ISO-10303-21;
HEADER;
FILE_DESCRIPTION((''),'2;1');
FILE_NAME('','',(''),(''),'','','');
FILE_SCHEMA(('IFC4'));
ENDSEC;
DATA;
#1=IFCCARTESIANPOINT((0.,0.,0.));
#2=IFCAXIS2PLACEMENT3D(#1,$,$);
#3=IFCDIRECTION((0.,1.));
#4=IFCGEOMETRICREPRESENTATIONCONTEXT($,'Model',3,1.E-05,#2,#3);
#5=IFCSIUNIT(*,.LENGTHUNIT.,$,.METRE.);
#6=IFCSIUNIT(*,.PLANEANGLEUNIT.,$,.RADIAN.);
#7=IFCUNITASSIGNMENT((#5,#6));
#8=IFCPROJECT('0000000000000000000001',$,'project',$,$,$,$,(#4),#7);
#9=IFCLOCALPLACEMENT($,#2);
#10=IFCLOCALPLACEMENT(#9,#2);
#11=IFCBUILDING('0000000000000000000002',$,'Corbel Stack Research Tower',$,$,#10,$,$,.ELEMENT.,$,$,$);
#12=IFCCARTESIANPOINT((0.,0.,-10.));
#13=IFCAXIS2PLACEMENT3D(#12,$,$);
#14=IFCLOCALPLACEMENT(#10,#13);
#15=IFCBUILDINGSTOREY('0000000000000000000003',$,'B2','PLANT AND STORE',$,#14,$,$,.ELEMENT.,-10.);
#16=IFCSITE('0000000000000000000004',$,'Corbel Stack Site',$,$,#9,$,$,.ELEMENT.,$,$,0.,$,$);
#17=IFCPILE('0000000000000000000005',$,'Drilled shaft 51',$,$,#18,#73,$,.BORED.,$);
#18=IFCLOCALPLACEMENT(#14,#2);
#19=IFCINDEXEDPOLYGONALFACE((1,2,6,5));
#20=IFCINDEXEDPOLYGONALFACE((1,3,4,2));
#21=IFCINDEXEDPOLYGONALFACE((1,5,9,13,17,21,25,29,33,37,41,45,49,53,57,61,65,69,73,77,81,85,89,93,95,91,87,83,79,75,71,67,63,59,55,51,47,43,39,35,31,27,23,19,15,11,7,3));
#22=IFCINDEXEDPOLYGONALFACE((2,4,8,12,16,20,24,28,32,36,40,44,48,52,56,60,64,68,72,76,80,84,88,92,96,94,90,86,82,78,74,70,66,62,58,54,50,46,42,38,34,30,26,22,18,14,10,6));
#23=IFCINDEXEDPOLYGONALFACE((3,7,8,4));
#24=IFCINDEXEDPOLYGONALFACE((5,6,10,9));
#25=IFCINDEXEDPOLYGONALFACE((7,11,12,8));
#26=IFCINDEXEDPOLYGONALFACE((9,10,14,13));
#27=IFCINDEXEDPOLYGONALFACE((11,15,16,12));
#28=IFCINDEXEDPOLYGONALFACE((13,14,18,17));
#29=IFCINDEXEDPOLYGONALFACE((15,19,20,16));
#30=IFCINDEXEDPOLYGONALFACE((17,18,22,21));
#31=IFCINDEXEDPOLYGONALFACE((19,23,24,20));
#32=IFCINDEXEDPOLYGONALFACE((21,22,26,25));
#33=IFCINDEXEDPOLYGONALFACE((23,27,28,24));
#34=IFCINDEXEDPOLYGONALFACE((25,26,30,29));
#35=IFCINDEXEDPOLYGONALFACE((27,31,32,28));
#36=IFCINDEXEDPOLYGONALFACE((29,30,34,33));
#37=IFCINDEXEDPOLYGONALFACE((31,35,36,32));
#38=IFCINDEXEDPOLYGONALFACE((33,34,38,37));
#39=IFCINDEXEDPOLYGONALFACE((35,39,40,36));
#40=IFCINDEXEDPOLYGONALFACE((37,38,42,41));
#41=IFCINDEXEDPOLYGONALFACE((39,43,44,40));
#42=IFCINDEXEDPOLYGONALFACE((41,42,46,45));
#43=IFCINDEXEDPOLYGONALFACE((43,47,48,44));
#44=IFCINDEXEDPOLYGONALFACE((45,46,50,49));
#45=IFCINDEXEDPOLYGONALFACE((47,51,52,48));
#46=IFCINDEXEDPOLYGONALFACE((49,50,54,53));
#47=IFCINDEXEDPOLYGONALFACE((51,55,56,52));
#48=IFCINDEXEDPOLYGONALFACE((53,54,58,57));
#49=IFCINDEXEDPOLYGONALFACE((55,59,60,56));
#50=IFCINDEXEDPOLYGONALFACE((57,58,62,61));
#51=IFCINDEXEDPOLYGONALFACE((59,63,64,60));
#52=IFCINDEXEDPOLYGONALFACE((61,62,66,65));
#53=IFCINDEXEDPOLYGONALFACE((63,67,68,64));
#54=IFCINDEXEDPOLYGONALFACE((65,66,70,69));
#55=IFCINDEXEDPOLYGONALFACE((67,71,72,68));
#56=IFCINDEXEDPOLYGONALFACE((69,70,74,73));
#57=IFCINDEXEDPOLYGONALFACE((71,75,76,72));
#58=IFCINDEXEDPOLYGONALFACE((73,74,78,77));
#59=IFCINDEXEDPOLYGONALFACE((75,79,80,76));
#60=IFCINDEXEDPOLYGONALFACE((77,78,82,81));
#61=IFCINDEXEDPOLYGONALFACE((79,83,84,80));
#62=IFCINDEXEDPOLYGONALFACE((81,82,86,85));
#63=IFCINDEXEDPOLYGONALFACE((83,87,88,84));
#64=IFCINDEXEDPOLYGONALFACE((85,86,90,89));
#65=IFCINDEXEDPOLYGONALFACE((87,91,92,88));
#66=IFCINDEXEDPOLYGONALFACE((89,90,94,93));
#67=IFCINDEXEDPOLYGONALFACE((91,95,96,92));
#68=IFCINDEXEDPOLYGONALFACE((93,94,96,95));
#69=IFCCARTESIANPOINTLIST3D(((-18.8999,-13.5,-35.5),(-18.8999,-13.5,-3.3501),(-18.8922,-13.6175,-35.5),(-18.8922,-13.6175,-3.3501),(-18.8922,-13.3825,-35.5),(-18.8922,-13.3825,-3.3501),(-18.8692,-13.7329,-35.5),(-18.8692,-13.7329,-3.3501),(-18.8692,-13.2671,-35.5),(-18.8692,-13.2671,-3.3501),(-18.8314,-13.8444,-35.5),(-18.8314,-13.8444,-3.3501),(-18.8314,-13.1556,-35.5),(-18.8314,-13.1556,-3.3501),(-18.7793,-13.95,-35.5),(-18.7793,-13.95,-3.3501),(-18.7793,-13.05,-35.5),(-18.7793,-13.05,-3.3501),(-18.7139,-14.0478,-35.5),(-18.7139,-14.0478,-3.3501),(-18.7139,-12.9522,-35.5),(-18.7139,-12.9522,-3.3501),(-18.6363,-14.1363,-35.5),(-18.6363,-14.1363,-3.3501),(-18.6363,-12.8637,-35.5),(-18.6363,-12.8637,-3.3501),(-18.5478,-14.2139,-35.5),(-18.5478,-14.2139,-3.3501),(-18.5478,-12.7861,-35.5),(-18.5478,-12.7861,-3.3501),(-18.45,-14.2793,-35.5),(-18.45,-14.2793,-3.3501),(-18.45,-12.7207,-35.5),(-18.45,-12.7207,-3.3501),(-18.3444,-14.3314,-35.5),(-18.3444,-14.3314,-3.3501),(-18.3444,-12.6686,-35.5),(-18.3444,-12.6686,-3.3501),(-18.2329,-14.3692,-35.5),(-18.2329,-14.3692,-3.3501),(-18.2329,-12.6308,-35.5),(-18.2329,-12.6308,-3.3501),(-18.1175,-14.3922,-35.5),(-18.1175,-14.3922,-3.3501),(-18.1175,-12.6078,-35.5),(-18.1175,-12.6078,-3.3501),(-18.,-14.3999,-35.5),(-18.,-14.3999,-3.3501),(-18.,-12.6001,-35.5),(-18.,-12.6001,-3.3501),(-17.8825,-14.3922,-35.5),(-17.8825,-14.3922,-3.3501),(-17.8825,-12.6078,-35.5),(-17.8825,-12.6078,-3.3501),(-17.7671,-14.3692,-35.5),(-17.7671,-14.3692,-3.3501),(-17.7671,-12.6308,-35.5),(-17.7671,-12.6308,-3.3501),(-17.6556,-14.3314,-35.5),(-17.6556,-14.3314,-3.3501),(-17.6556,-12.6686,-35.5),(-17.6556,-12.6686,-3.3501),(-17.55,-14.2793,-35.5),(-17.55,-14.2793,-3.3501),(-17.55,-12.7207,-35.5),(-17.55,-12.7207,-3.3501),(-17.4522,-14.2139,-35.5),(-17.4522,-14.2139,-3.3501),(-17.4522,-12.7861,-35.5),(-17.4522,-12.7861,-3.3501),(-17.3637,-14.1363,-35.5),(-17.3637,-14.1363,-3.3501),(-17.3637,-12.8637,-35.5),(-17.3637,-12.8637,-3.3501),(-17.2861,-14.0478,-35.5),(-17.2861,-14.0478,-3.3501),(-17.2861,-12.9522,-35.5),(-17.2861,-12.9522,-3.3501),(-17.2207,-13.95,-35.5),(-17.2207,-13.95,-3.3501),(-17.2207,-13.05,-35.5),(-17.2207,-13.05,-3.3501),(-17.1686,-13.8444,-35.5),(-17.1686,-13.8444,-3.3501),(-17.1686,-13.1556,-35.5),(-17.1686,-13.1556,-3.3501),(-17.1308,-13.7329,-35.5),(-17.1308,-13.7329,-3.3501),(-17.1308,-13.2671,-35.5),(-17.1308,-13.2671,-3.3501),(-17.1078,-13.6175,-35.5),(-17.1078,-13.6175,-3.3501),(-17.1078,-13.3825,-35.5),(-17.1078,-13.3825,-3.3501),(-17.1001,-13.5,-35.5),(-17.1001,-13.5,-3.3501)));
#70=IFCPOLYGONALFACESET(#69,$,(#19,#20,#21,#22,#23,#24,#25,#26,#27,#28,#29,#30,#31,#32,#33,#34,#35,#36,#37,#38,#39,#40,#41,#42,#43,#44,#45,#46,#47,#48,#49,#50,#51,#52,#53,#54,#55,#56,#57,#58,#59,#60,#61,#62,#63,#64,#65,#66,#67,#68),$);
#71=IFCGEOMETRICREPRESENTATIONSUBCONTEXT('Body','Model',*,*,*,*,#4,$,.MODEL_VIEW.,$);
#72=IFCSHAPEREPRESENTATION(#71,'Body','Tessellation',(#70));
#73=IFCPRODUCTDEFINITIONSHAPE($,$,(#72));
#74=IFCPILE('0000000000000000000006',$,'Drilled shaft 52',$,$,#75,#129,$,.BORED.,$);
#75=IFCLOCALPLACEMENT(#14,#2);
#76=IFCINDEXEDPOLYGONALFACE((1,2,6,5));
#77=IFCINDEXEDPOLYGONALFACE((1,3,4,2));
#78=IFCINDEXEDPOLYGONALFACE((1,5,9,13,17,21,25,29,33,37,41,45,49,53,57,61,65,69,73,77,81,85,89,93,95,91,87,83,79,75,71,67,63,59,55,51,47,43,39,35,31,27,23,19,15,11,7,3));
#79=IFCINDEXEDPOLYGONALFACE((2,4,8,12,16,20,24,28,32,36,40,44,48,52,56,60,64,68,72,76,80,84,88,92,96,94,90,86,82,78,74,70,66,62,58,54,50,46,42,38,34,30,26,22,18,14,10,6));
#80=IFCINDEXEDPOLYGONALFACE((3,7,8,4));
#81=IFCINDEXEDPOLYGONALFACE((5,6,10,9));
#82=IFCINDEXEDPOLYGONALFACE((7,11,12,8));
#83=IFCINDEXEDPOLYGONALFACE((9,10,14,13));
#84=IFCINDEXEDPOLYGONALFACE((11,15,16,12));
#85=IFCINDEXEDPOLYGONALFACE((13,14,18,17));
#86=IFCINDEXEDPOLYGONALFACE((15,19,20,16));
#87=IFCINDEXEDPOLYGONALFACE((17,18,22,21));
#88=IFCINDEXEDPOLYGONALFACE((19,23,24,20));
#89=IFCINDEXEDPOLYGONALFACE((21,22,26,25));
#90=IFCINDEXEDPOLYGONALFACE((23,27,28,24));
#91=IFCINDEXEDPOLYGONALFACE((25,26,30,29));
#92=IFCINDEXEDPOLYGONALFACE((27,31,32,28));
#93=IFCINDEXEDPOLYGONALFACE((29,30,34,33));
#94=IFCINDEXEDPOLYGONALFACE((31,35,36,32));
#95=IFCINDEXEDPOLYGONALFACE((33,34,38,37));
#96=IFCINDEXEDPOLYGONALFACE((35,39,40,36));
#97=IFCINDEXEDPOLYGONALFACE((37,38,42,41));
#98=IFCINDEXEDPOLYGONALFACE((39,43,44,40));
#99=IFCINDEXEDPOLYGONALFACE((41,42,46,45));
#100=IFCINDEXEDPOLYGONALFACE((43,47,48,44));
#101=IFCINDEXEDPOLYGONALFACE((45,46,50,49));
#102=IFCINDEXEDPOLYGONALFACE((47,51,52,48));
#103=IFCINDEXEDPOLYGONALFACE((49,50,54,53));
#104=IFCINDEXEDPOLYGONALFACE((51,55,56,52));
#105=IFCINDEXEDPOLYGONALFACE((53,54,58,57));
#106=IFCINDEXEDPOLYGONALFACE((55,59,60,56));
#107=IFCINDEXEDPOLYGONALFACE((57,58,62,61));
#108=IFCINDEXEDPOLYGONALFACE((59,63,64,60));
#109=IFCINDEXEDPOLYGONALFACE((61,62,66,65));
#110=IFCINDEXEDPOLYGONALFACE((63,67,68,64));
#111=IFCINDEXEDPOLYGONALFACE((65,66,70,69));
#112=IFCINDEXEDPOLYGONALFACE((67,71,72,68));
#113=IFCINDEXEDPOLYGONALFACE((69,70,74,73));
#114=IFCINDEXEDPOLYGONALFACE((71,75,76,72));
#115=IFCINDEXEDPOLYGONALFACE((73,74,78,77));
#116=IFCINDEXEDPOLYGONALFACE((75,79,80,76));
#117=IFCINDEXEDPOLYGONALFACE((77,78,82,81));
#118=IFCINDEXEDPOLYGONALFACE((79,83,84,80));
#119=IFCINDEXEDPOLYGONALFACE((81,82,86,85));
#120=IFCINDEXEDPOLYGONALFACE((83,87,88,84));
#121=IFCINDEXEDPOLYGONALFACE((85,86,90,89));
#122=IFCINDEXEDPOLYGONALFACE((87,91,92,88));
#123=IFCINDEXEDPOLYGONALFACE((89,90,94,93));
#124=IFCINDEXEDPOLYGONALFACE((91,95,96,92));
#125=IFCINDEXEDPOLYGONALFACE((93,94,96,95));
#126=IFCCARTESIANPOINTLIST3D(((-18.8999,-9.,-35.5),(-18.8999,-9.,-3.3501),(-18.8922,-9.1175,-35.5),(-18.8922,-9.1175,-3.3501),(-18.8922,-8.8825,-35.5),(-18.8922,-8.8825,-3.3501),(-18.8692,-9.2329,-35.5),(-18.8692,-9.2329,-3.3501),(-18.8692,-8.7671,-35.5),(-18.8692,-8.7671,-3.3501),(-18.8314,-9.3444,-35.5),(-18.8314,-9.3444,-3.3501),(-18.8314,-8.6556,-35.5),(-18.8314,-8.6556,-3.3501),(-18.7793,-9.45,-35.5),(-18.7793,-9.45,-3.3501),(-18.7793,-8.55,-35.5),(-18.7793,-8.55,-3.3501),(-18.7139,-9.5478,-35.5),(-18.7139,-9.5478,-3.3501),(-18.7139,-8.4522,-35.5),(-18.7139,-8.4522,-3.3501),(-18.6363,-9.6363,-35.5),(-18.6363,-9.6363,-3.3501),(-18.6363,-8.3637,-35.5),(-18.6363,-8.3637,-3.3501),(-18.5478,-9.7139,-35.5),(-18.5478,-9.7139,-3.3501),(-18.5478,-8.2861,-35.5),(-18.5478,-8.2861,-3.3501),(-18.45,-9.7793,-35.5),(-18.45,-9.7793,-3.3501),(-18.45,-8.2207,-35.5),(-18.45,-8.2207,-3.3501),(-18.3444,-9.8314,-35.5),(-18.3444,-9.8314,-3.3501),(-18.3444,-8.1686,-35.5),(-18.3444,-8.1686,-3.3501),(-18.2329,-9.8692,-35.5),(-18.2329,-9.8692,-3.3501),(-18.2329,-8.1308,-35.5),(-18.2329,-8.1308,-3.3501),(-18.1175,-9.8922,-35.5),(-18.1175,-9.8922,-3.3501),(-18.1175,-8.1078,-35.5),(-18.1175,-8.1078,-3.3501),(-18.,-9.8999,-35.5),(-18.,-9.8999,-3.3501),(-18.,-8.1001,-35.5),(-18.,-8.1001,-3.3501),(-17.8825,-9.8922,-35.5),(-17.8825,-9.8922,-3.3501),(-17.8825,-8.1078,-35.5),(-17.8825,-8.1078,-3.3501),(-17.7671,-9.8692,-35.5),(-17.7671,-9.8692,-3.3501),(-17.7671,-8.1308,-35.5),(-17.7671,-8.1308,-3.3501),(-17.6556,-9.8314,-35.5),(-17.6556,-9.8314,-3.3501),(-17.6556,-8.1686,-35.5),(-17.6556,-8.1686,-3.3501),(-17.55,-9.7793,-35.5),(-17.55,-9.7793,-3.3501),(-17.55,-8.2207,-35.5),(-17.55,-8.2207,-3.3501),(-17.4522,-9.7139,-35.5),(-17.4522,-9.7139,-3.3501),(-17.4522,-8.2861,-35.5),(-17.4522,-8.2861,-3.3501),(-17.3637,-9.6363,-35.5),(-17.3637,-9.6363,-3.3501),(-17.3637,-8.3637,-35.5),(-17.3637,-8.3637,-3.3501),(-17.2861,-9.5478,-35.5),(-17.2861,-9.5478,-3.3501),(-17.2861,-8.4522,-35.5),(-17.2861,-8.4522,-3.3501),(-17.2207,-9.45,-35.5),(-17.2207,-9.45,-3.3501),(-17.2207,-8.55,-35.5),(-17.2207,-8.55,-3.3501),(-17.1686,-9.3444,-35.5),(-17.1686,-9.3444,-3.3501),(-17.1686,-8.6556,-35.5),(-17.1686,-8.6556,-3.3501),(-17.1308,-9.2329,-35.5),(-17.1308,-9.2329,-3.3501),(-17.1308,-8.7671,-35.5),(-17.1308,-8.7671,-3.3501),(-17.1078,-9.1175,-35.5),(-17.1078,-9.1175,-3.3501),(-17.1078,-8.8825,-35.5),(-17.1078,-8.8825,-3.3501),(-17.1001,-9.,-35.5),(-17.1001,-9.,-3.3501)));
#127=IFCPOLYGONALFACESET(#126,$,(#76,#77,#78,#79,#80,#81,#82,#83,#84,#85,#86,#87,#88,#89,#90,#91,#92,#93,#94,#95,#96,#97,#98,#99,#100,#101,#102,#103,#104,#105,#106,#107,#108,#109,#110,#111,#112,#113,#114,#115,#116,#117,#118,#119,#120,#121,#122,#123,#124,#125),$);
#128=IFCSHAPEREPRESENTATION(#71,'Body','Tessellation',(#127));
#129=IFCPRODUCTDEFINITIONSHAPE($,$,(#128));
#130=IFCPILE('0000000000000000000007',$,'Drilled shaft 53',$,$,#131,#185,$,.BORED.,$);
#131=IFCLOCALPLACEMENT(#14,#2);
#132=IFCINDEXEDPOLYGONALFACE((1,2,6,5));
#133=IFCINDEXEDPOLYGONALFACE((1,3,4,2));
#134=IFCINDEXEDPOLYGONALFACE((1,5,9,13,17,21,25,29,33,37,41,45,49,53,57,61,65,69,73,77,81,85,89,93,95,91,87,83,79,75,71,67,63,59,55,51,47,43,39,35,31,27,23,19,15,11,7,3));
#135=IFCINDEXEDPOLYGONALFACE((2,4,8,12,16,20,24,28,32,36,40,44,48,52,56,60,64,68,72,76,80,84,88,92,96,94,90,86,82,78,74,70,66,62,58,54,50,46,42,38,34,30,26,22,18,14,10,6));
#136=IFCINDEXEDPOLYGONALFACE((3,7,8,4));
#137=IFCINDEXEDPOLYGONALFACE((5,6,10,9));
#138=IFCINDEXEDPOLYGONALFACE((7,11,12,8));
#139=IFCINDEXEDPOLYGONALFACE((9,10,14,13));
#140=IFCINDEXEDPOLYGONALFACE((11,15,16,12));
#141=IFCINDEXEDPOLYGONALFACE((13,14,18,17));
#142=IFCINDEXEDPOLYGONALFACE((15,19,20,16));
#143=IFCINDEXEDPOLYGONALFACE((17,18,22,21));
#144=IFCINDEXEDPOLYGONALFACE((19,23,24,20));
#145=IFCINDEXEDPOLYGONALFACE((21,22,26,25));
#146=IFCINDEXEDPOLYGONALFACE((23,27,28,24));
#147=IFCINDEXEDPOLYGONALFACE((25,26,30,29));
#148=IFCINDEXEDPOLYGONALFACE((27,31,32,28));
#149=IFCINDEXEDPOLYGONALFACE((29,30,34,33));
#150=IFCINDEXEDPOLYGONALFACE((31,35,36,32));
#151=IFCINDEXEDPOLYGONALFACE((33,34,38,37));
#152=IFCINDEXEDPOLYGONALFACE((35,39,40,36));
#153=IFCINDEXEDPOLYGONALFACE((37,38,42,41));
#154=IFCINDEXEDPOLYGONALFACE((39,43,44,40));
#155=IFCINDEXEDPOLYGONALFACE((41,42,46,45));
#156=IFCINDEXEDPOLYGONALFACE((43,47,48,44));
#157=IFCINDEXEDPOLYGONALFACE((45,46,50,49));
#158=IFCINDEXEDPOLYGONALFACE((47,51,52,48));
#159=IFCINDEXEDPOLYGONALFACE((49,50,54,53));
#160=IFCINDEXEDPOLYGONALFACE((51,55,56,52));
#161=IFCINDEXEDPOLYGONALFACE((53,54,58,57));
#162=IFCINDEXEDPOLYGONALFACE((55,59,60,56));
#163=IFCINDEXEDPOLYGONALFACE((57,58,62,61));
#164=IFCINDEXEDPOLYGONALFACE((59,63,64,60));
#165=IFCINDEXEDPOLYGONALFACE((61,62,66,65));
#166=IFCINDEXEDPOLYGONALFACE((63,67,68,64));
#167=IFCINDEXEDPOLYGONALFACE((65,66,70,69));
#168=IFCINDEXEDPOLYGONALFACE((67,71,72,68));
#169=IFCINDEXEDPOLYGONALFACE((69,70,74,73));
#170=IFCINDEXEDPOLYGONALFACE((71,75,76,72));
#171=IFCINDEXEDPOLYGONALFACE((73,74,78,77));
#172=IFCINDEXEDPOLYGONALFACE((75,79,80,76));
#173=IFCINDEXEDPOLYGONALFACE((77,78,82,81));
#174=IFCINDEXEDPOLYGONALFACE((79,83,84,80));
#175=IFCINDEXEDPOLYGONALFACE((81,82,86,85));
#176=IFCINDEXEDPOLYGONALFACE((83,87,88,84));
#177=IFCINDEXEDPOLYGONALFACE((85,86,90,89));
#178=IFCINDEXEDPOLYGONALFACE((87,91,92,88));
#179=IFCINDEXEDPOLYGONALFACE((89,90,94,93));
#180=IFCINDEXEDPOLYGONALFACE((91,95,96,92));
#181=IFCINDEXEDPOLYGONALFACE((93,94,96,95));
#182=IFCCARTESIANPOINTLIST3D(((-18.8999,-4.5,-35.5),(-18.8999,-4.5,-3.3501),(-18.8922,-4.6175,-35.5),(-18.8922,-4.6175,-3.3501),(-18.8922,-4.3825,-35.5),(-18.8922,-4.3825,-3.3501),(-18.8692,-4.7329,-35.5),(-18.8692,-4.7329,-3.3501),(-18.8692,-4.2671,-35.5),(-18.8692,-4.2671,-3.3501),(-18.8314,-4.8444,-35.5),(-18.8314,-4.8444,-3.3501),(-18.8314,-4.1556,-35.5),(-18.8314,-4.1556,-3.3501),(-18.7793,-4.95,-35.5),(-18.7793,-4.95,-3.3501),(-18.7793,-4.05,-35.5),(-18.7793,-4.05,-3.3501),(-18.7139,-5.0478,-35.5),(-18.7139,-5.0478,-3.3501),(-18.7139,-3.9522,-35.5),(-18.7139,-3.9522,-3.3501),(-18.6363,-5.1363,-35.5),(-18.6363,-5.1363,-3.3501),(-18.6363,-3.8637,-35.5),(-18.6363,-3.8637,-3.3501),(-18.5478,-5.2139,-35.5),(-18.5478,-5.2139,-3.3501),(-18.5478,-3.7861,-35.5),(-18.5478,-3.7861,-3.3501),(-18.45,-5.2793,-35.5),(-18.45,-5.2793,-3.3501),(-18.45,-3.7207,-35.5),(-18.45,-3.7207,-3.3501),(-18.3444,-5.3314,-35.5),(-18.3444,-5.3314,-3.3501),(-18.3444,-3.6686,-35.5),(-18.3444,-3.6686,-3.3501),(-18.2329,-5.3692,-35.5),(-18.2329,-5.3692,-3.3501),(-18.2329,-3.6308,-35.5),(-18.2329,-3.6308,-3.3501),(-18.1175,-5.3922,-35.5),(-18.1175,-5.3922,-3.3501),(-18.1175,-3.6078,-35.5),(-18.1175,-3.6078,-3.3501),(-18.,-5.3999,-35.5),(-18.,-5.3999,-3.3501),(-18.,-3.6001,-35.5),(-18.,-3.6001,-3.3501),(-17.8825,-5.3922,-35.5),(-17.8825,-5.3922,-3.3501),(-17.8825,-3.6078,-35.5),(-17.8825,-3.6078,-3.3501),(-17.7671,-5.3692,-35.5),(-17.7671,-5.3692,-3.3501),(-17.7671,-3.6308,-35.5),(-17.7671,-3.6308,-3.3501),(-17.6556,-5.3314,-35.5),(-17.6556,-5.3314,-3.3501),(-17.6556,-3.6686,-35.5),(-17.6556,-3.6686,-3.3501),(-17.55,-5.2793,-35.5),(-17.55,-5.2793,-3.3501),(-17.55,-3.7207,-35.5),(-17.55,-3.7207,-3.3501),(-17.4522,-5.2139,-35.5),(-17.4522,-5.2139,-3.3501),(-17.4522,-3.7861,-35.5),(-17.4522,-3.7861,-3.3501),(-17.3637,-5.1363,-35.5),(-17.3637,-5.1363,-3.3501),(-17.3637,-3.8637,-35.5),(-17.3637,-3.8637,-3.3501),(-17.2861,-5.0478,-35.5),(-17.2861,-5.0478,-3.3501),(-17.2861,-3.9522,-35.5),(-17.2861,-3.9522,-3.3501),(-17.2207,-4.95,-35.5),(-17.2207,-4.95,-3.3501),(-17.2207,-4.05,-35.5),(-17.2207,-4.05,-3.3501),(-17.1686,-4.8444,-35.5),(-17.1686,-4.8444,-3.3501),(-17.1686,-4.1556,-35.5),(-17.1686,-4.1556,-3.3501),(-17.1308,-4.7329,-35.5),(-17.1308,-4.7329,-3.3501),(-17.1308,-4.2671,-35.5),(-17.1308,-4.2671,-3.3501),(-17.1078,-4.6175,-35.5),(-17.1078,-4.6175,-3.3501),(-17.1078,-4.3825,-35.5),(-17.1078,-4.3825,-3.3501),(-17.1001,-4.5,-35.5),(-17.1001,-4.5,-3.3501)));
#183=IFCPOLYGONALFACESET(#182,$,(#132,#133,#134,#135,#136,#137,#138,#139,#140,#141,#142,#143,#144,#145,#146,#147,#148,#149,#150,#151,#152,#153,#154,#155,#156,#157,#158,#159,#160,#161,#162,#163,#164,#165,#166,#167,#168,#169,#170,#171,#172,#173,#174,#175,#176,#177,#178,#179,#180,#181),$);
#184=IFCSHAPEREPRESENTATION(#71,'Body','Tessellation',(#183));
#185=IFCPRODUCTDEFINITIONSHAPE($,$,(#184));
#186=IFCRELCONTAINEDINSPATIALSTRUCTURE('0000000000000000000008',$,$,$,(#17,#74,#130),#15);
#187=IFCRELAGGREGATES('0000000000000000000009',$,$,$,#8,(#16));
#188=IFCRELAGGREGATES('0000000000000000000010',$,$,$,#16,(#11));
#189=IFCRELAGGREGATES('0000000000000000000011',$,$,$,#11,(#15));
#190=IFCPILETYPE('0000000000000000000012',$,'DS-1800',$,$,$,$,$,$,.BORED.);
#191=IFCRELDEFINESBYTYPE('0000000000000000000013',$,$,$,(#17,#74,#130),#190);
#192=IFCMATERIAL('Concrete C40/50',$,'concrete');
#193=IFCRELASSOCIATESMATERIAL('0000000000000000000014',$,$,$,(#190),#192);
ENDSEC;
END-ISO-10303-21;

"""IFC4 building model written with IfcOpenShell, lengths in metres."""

from ifc_helpers import new_model, si_unit, direction, frame, origin, origin_2d, place, context, subcontext, project, spatial, circle, extrude, material, material_profile, profile_set, type_object, element, save


model = new_model("IFC4")

# Units and contexts
model_context = context("Model", 3, precision=1e-05, world=origin(), true_north=direction((0.0, 1.0)))
body_context = subcontext(model_context, "Body", "Model", "MODEL_VIEW")
ifc_project = project(units=[si_unit("LENGTHUNIT", "METRE"), si_unit("PLANEANGLEUNIT", "RADIAN")], contexts=[model_context])

# Site, building, storey
site_placement = place(None, origin())
site = spatial("IfcSite", under=ifc_project, at=site_placement, Name="Corbel Stack Site", CompositionType="ELEMENT", RefElevation=0.0)
building_placement = place(site_placement, origin())
building = spatial("IfcBuilding", under=site, at=building_placement, Name="Corbel Stack Research Tower", CompositionType="ELEMENT")
storey_placement = place(building_placement, frame((0.0, 0.0, -10.0)))
storey = spatial("IfcBuildingStorey", under=building, at=storey_placement, Name="B2", Description="PLANT AND STORE", CompositionType="ELEMENT", Elevation=-10.0)

# Piles
ifc_material_1 = material(Name="Concrete C40/50", Category="concrete")
ifc_material_profile_1 = material_profile(ifc_material_1, circle(Radius=0.8999, at=origin_2d()), Name="Shaft 1800")
ifc_profile_set_1 = profile_set([ifc_material_profile_1], Name="Concrete C40/50")
pile_type = type_object("IfcPileType", Name="DS-1800", PredefinedType="BORED", material=ifc_profile_set_1)
for number, where, z_axis, x_axis, name in (
    (1, (-18.0, -13.5, -3.3501), (0.0, 0.0, -1.0), (1.0, 0.0, 0.0), "Drilled shaft 51"),
    (2, (-18.0, -9.0, -3.3501), (0.0, 0.0, -1.0), (1.0, 0.0, 0.0), "Drilled shaft 52"),
    (3, (-18.0, -4.5, -3.3501), (0.0, 0.0, -1.0), (1.0, 0.0, 0.0), "Drilled shaft 53"),
):
    element("IfcPile", number, at=place(storey_placement, frame(where, z_axis=z_axis, x_axis=x_axis)), inside=storey, type_object=pile_type, Name=name, PredefinedType="BORED", context=body_context, shape_type="SweptSolid", body=[
        extrude(circle(Radius=0.8999, at=origin_2d()), origin(), (0.0, 0.0, 1.0), 32.1499),
    ])

save(model, "model.ifc")
